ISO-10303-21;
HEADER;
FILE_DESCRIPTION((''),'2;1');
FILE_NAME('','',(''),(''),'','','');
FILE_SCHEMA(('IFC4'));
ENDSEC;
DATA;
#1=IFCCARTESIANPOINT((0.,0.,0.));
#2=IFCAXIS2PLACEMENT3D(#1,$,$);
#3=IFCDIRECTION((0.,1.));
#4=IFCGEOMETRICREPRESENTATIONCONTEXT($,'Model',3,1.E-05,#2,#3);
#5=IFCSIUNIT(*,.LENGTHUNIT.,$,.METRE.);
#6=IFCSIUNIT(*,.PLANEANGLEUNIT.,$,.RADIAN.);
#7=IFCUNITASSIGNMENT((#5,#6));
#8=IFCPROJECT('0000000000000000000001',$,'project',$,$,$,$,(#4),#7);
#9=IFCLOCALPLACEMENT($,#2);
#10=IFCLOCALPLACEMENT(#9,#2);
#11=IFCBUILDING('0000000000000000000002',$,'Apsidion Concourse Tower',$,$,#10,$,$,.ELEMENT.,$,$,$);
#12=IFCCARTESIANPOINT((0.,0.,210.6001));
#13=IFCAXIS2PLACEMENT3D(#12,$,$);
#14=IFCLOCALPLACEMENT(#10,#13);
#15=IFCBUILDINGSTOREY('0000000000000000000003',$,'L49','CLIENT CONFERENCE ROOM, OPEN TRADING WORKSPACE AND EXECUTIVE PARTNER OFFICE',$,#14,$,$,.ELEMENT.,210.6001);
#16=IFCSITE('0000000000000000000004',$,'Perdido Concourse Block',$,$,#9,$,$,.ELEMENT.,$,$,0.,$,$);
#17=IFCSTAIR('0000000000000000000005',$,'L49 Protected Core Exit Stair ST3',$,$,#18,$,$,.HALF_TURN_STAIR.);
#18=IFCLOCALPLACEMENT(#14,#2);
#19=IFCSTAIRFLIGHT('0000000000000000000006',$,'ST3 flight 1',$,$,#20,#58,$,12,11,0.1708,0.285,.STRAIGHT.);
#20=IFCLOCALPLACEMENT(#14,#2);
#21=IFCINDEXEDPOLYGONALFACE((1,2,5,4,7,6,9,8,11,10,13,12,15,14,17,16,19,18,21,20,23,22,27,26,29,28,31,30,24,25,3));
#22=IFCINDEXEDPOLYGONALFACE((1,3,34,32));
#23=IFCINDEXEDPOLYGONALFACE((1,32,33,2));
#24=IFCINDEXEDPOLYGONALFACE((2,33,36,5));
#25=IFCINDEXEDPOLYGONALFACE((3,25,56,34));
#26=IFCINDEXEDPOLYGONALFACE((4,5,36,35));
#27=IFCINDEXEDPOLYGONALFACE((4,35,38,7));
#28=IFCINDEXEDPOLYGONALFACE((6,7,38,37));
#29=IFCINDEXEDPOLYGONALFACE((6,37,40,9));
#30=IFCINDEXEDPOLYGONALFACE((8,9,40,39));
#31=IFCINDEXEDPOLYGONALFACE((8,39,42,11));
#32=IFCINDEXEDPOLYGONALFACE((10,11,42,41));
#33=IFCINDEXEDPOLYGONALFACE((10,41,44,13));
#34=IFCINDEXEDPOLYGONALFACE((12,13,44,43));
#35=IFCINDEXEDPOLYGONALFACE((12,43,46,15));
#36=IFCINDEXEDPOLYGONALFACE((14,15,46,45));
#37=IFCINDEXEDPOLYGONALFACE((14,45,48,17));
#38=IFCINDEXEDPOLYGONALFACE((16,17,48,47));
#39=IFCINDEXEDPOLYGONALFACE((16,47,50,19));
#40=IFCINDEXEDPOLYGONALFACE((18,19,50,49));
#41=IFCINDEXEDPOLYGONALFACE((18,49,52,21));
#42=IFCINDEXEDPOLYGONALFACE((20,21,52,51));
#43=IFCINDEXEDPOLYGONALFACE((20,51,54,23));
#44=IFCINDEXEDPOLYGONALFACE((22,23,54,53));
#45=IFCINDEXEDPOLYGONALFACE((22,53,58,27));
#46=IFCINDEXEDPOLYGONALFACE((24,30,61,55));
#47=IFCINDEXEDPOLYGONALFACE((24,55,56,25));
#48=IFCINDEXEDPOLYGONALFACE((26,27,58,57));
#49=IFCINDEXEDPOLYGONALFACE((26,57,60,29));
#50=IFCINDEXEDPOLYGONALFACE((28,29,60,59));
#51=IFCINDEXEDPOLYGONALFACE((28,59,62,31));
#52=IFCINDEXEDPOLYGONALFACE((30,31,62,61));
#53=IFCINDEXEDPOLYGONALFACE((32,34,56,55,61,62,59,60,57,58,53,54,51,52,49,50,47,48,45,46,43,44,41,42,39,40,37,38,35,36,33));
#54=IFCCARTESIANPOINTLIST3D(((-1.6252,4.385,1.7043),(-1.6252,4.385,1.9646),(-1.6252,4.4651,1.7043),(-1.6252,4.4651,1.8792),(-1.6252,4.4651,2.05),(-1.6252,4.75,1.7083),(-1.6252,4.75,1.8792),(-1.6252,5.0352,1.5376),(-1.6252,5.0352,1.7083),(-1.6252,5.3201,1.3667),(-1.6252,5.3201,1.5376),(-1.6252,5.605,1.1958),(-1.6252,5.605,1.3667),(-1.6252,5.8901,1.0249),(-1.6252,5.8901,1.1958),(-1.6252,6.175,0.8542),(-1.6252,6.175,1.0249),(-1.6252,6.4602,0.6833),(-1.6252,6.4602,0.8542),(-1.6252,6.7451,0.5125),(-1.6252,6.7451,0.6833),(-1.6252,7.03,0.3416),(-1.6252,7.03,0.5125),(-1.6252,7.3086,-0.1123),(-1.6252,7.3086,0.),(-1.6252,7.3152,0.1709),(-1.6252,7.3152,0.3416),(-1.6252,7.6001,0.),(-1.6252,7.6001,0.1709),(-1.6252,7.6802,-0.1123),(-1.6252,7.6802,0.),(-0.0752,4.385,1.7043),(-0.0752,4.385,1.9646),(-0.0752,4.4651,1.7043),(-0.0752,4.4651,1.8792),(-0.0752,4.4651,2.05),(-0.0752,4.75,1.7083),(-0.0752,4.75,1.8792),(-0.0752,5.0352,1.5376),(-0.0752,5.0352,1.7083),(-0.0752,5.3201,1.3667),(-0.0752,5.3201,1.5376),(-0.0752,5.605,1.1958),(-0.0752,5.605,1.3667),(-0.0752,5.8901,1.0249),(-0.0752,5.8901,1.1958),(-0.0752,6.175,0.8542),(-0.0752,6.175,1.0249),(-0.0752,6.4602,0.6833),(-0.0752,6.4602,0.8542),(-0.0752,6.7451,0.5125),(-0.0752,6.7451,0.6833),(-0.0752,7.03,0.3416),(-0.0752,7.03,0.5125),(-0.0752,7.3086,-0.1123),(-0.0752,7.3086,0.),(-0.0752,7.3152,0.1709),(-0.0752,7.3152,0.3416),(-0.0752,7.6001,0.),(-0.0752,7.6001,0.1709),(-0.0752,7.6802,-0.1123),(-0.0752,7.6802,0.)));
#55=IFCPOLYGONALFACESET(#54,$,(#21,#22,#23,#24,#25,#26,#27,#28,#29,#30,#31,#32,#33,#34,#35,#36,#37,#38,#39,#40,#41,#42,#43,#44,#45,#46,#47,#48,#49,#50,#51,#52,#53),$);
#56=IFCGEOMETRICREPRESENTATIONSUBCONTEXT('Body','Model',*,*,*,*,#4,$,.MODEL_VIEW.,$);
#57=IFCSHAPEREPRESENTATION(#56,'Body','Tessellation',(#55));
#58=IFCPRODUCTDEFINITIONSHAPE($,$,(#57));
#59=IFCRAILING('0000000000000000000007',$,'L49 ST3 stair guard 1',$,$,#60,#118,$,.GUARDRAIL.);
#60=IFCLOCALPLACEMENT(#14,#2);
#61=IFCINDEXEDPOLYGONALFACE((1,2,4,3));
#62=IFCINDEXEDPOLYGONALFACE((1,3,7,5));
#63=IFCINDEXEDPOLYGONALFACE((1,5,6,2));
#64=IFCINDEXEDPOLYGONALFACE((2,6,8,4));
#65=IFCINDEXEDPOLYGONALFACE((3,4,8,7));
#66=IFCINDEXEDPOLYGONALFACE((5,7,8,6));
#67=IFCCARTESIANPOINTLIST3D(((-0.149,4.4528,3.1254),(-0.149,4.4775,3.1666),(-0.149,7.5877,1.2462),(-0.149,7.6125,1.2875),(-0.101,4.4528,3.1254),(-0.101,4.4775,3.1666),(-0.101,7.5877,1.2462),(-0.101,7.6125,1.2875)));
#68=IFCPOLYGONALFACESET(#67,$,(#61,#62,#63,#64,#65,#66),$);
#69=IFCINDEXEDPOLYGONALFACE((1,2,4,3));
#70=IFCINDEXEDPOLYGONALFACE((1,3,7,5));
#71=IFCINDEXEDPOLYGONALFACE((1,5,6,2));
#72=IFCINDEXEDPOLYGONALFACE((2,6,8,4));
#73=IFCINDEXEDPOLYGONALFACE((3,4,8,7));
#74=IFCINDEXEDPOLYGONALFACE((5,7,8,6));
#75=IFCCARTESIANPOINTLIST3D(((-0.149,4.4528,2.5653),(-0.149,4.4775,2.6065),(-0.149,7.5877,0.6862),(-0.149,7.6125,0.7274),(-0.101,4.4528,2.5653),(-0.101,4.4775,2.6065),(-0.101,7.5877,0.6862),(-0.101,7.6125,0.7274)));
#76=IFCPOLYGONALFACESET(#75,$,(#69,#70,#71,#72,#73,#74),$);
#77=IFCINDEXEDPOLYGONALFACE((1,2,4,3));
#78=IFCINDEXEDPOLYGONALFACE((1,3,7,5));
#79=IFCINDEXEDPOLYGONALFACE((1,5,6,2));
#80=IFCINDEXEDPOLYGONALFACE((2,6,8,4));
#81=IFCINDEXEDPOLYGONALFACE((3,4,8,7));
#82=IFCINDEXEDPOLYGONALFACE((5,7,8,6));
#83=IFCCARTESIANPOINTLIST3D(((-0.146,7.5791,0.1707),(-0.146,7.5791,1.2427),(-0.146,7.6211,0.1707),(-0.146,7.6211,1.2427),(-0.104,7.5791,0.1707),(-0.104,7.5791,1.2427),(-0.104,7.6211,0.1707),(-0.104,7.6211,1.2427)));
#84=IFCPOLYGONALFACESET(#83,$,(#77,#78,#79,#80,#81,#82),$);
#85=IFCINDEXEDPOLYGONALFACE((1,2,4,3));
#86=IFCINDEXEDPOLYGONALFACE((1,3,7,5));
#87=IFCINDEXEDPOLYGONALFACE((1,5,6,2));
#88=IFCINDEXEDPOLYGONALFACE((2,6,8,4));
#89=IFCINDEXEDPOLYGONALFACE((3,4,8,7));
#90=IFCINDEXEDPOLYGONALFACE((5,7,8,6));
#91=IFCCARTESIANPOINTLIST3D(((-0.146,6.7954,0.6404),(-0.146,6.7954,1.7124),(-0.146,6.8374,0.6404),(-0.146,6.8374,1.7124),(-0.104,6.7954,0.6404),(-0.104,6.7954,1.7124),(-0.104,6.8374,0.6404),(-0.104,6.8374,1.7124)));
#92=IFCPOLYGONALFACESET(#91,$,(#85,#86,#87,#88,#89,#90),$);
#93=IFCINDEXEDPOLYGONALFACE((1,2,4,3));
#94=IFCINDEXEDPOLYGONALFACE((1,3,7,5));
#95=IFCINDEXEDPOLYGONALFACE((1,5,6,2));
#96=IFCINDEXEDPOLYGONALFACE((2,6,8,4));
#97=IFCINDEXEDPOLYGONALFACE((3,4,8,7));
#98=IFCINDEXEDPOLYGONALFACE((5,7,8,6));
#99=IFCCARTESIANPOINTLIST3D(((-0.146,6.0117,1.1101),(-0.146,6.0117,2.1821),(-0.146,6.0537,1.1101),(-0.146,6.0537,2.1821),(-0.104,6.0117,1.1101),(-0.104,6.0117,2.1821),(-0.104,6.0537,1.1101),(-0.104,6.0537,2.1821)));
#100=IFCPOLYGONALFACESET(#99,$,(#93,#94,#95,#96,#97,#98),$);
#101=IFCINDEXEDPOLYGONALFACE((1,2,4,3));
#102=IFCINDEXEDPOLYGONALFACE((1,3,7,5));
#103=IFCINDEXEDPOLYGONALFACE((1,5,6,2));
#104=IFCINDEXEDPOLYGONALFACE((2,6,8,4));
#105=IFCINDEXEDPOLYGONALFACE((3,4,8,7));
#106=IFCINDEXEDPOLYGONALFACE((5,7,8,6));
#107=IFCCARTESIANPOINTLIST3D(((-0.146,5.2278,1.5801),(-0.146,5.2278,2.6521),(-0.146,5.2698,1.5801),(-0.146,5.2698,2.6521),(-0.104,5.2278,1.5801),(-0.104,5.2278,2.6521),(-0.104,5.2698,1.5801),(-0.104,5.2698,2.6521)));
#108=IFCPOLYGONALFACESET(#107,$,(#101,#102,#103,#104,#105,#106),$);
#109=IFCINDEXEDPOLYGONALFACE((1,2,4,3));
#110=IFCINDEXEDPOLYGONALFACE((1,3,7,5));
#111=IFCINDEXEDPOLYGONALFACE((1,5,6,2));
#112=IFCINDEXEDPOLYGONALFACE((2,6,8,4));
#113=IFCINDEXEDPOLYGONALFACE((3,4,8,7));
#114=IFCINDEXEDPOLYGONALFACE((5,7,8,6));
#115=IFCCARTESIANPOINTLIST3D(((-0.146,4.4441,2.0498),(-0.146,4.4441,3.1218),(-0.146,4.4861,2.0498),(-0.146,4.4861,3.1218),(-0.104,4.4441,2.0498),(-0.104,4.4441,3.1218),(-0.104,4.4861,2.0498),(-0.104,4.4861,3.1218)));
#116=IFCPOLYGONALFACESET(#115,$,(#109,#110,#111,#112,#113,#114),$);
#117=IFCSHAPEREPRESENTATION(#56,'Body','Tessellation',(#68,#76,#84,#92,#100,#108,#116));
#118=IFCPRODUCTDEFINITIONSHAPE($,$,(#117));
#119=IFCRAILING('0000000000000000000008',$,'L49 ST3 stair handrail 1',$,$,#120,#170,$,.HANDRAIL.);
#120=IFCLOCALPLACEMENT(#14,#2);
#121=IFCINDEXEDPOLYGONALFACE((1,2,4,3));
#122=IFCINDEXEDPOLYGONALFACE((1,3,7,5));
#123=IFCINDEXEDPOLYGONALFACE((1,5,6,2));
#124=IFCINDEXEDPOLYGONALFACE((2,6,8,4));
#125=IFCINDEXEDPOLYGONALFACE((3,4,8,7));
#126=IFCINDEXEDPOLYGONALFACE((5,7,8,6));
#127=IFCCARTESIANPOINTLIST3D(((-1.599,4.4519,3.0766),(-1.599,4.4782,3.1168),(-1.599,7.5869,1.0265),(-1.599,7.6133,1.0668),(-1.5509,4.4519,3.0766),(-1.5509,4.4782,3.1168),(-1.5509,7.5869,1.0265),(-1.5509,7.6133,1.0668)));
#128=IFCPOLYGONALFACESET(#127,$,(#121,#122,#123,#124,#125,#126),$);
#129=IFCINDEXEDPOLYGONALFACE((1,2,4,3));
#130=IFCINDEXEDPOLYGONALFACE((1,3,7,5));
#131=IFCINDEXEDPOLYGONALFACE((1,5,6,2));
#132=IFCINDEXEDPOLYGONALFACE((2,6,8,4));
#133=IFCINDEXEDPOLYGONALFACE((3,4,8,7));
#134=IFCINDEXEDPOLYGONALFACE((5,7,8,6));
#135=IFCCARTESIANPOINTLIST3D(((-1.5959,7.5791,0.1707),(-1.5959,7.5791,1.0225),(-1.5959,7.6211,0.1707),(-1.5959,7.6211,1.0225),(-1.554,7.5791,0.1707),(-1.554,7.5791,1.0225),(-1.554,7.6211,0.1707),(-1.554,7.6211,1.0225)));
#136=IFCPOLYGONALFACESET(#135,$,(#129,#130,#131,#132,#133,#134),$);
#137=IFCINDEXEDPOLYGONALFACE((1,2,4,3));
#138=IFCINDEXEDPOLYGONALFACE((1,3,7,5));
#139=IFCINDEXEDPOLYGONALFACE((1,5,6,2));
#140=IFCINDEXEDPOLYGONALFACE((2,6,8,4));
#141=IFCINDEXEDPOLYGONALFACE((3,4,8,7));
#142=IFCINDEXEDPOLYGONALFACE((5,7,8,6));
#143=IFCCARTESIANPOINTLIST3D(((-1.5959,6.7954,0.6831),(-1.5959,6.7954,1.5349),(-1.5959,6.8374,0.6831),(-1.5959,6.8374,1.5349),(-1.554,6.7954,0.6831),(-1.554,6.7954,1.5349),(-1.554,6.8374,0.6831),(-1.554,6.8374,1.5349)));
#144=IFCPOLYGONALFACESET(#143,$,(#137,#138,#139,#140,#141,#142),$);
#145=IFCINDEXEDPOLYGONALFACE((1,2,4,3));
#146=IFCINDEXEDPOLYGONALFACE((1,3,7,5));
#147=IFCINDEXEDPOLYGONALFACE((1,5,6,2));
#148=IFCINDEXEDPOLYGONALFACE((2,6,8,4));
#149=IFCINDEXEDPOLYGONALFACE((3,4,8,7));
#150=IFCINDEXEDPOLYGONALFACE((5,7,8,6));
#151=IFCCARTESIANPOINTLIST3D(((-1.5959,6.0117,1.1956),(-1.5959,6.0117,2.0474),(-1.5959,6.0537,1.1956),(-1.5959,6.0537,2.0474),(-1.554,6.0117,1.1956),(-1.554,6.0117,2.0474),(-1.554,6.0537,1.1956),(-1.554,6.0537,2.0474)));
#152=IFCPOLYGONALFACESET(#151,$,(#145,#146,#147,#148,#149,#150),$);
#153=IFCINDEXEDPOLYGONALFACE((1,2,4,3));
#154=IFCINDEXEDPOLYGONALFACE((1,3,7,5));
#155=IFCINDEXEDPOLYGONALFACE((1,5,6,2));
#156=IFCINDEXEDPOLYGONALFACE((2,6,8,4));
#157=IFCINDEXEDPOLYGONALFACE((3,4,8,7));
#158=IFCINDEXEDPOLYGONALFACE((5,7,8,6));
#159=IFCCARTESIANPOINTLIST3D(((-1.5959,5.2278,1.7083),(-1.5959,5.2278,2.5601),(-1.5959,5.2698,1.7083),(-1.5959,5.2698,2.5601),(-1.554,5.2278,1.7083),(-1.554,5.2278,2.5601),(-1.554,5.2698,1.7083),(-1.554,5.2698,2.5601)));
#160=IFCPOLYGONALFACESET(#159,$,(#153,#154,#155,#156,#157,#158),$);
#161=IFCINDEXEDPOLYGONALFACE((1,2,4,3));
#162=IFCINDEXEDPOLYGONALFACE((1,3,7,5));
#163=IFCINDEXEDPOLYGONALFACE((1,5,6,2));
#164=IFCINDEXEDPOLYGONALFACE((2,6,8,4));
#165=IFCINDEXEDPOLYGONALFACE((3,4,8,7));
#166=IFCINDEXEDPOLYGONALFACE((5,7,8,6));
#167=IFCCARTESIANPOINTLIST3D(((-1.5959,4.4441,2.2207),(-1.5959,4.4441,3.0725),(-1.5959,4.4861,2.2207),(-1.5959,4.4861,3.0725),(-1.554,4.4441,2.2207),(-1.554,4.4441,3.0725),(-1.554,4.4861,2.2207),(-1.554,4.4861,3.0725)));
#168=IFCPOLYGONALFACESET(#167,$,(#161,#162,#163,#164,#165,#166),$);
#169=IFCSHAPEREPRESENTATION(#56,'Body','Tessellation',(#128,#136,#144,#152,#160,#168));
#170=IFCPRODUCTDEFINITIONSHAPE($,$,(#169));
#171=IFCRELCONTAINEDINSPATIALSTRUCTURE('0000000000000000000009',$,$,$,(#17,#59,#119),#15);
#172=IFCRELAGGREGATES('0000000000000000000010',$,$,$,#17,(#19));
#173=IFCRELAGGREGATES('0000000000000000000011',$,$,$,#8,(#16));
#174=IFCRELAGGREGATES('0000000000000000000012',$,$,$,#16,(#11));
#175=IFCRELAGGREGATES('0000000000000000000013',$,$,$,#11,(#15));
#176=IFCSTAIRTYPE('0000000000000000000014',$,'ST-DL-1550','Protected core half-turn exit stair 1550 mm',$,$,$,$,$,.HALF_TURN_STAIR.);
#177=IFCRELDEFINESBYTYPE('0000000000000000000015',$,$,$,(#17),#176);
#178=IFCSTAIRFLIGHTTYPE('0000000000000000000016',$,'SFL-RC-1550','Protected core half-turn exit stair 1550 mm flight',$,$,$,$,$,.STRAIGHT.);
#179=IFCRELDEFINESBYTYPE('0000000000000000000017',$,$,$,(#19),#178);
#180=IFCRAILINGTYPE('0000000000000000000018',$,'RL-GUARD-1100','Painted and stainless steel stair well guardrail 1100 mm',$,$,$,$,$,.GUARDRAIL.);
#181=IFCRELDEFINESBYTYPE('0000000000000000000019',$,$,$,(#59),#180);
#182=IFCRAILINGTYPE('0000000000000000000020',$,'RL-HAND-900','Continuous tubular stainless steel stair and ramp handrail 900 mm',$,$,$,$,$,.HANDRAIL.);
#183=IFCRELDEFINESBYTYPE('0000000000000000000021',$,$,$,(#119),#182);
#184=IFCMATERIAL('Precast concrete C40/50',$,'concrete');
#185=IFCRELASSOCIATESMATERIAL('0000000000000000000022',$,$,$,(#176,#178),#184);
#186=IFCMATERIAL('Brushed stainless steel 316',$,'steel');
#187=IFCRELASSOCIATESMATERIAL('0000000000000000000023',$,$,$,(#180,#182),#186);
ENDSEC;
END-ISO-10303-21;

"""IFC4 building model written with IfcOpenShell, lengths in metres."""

from ifc_helpers import new_model, si_unit, direction, frame, origin, origin_2d, place, context, subcontext, project, spatial, polyline, rectangle, outline, extrude, material, type_object, element, aggregate, save


model = new_model("IFC4")

# Units and contexts
model_context = context("Model", 3, precision=1e-05, world=origin(), true_north=direction((0.0, 1.0)))
body_context = subcontext(model_context, "Body", "Model", "MODEL_VIEW")
ifc_project = project(units=[si_unit("LENGTHUNIT", "METRE"), si_unit("PLANEANGLEUNIT", "RADIAN")], contexts=[model_context])

# Site, building, storey
site_placement = place(None, origin())
site = spatial("IfcSite", under=ifc_project, at=site_placement, Name="Perdido Concourse Block", CompositionType="ELEMENT", RefElevation=0.0)
building_placement = place(site_placement, origin())
building = spatial("IfcBuilding", under=site, at=building_placement, Name="Apsidion Concourse Tower", CompositionType="ELEMENT")
storey_placement = place(building_placement, frame((0.0, 0.0, 210.6001)))
storey = spatial("IfcBuildingStorey", under=building, at=storey_placement, Name="L49", Description="CLIENT CONFERENCE ROOM, OPEN TRADING WORKSPACE AND EXECUTIVE PARTNER OFFICE", CompositionType="ELEMENT", Elevation=210.6001)

# Shared definitions
ifc_material_1 = material(Name="Brushed stainless steel 316", Category="steel")

# Stair, stair flight
ifc_material_2 = material(Name="Precast concrete C40/50", Category="concrete")
stair_type = type_object("IfcStairType", Name="ST-DL-1550", Description="Protected core half-turn exit stair 1550 mm", PredefinedType="HALF_TURN_STAIR", material=ifc_material_2)
stair_placement = place(storey_placement, origin())
stair = element("IfcStair", 1, at=stair_placement, inside=storey, type_object=stair_type, Name="L49 Protected Core Exit Stair ST3", PredefinedType="HALF_TURN_STAIR")
stair_flight_type = type_object("IfcStairFlightType", Name="SFL-RC-1550", Description="Protected core half-turn exit stair 1550 mm flight", PredefinedType="STRAIGHT", material=ifc_material_2)
stair_flight_placement = place(storey_placement, frame((-0.8501, 7.6001, 0.0), z_axis=(0.0, 0.0, 1.0), x_axis=(0.0, -1.0, 0.0)))
stair_flight = element("IfcStairFlight", 2, at=stair_flight_placement, type_object=stair_flight_type, Name="ST3 flight 1", NumberOfRisers=12, NumberOfTreads=11, PredefinedType="STRAIGHT", RiserHeight=0.1708, TreadLength=0.285, context=body_context, shape_type="SweptSolid", body=[
    extrude(outline(polyline([(-0.0801, -0.1123), (-0.0801, 0.0), (0.0, 0.0), (0.0, 0.1709), (0.2849, 0.1709), (0.2849, 0.3416), (0.5701, 0.3416), (0.5701, 0.5125), (0.855, 0.5125), (0.855, 0.6833), (1.1399, 0.6833), (1.1399, 0.8542), (1.425, 0.8542), (1.425, 1.0249), (1.71, 1.0249), (1.71, 1.1958), (1.9951, 1.1958), (1.9951, 1.3667), (2.28, 1.3667), (2.28, 1.5376), (2.5649, 1.5376), (2.5649, 1.7083), (2.8501, 1.7083), (2.8501, 1.8792), (3.135, 1.8792), (3.135, 2.05), (3.2151, 1.9646), (3.2151, 1.7043), (3.135, 1.7043), (0.2915, 0.0), (0.2915, -0.1123), (-0.0801, -0.1123)])), frame((0.0, 0.7749, 0.0), z_axis=(0.0, -1.0, 0.0), x_axis=(1.0, 0.0, 0.0)), (0.0, 0.0, 1.0), 1.55),
])
aggregate(stair, [stair_flight])

# Railings
railing_type_1 = type_object("IfcRailingType", Name="RL-GUARD-1100", Description="Painted and stainless steel stair well guardrail 1100 mm", PredefinedType="GUARDRAIL", material=ifc_material_1)
railing_1_placement = place(storey_placement, frame((-0.125, 7.6001, 0.1707)))
element("IfcRailing", 3, at=railing_1_placement, inside=storey, type_object=railing_type_1, Name="L49 ST3 stair guard 1", PredefinedType="GUARDRAIL", context=body_context, shape_type="SweptSolid", body=[
    extrude(rectangle(XDim=0.0481, YDim=0.0481, at=origin_2d()), frame((0.0, 0.0, 1.0962), z_axis=(0.0, -0.857717, 0.514122), x_axis=(1.0, 0.0, 0.0)), (0.0, 0.0, 1.0), 3.655),
    extrude(rectangle(XDim=0.0481, YDim=0.0481, at=origin_2d()), frame((0.0, 0.0, 0.5361), z_axis=(0.0, -0.857717, 0.514122), x_axis=(1.0, 0.0, 0.0)), (0.0, 0.0, 1.0), 3.655),
    extrude(rectangle(XDim=0.042, YDim=0.042, at=origin_2d()), origin(), (0.0, 0.0, 1.0), 1.072),
    extrude(rectangle(XDim=0.042, YDim=0.042, at=origin_2d()), frame((0.0, -0.7837, 0.4697)), (0.0, 0.0, 1.0), 1.072),
    extrude(rectangle(XDim=0.042, YDim=0.042, at=origin_2d()), frame((0.0, -1.5674, 0.9395)), (0.0, 0.0, 1.0), 1.072),
    extrude(rectangle(XDim=0.042, YDim=0.042, at=origin_2d()), frame((0.0, -2.3513, 1.4094)), (0.0, 0.0, 1.0), 1.072),
    extrude(rectangle(XDim=0.042, YDim=0.042, at=origin_2d()), frame((0.0, -3.135, 1.8792)), (0.0, 0.0, 1.0), 1.072),
])
railing_type_2 = type_object("IfcRailingType", Name="RL-HAND-900", Description="Continuous tubular stainless steel stair and ramp handrail 900 mm", PredefinedType="HANDRAIL", material=ifc_material_1)
railing_2_placement = place(storey_placement, frame((-1.575, 7.6001, 0.1707)))
element("IfcRailing", 4, at=railing_2_placement, inside=storey, type_object=railing_type_2, Name="L49 ST3 stair handrail 1", PredefinedType="HANDRAIL", context=body_context, shape_type="SweptSolid", body=[
    extrude(rectangle(XDim=0.0481, YDim=0.0481, at=origin_2d()), frame((0.0, 0.0, 0.876), z_axis=(0.0, -0.836941, 0.547293), x_axis=(1.0, 0.0, 0.0)), (0.0, 0.0, 1.0), 3.7458),
    extrude(rectangle(XDim=0.042, YDim=0.042, at=origin_2d()), origin(), (0.0, 0.0, 1.0), 0.8518),
    extrude(rectangle(XDim=0.042, YDim=0.042, at=origin_2d()), frame((0.0, -0.7837, 0.5125)), (0.0, 0.0, 1.0), 0.8518),
    extrude(rectangle(XDim=0.042, YDim=0.042, at=origin_2d()), frame((0.0, -1.5674, 1.0249)), (0.0, 0.0, 1.0), 0.8518),
    extrude(rectangle(XDim=0.042, YDim=0.042, at=origin_2d()), frame((0.0, -2.3513, 1.5376)), (0.0, 0.0, 1.0), 0.8518),
    extrude(rectangle(XDim=0.042, YDim=0.042, at=origin_2d()), frame((0.0, -3.135, 2.05)), (0.0, 0.0, 1.0), 0.8518),
])

save(model, "model.ifc")
